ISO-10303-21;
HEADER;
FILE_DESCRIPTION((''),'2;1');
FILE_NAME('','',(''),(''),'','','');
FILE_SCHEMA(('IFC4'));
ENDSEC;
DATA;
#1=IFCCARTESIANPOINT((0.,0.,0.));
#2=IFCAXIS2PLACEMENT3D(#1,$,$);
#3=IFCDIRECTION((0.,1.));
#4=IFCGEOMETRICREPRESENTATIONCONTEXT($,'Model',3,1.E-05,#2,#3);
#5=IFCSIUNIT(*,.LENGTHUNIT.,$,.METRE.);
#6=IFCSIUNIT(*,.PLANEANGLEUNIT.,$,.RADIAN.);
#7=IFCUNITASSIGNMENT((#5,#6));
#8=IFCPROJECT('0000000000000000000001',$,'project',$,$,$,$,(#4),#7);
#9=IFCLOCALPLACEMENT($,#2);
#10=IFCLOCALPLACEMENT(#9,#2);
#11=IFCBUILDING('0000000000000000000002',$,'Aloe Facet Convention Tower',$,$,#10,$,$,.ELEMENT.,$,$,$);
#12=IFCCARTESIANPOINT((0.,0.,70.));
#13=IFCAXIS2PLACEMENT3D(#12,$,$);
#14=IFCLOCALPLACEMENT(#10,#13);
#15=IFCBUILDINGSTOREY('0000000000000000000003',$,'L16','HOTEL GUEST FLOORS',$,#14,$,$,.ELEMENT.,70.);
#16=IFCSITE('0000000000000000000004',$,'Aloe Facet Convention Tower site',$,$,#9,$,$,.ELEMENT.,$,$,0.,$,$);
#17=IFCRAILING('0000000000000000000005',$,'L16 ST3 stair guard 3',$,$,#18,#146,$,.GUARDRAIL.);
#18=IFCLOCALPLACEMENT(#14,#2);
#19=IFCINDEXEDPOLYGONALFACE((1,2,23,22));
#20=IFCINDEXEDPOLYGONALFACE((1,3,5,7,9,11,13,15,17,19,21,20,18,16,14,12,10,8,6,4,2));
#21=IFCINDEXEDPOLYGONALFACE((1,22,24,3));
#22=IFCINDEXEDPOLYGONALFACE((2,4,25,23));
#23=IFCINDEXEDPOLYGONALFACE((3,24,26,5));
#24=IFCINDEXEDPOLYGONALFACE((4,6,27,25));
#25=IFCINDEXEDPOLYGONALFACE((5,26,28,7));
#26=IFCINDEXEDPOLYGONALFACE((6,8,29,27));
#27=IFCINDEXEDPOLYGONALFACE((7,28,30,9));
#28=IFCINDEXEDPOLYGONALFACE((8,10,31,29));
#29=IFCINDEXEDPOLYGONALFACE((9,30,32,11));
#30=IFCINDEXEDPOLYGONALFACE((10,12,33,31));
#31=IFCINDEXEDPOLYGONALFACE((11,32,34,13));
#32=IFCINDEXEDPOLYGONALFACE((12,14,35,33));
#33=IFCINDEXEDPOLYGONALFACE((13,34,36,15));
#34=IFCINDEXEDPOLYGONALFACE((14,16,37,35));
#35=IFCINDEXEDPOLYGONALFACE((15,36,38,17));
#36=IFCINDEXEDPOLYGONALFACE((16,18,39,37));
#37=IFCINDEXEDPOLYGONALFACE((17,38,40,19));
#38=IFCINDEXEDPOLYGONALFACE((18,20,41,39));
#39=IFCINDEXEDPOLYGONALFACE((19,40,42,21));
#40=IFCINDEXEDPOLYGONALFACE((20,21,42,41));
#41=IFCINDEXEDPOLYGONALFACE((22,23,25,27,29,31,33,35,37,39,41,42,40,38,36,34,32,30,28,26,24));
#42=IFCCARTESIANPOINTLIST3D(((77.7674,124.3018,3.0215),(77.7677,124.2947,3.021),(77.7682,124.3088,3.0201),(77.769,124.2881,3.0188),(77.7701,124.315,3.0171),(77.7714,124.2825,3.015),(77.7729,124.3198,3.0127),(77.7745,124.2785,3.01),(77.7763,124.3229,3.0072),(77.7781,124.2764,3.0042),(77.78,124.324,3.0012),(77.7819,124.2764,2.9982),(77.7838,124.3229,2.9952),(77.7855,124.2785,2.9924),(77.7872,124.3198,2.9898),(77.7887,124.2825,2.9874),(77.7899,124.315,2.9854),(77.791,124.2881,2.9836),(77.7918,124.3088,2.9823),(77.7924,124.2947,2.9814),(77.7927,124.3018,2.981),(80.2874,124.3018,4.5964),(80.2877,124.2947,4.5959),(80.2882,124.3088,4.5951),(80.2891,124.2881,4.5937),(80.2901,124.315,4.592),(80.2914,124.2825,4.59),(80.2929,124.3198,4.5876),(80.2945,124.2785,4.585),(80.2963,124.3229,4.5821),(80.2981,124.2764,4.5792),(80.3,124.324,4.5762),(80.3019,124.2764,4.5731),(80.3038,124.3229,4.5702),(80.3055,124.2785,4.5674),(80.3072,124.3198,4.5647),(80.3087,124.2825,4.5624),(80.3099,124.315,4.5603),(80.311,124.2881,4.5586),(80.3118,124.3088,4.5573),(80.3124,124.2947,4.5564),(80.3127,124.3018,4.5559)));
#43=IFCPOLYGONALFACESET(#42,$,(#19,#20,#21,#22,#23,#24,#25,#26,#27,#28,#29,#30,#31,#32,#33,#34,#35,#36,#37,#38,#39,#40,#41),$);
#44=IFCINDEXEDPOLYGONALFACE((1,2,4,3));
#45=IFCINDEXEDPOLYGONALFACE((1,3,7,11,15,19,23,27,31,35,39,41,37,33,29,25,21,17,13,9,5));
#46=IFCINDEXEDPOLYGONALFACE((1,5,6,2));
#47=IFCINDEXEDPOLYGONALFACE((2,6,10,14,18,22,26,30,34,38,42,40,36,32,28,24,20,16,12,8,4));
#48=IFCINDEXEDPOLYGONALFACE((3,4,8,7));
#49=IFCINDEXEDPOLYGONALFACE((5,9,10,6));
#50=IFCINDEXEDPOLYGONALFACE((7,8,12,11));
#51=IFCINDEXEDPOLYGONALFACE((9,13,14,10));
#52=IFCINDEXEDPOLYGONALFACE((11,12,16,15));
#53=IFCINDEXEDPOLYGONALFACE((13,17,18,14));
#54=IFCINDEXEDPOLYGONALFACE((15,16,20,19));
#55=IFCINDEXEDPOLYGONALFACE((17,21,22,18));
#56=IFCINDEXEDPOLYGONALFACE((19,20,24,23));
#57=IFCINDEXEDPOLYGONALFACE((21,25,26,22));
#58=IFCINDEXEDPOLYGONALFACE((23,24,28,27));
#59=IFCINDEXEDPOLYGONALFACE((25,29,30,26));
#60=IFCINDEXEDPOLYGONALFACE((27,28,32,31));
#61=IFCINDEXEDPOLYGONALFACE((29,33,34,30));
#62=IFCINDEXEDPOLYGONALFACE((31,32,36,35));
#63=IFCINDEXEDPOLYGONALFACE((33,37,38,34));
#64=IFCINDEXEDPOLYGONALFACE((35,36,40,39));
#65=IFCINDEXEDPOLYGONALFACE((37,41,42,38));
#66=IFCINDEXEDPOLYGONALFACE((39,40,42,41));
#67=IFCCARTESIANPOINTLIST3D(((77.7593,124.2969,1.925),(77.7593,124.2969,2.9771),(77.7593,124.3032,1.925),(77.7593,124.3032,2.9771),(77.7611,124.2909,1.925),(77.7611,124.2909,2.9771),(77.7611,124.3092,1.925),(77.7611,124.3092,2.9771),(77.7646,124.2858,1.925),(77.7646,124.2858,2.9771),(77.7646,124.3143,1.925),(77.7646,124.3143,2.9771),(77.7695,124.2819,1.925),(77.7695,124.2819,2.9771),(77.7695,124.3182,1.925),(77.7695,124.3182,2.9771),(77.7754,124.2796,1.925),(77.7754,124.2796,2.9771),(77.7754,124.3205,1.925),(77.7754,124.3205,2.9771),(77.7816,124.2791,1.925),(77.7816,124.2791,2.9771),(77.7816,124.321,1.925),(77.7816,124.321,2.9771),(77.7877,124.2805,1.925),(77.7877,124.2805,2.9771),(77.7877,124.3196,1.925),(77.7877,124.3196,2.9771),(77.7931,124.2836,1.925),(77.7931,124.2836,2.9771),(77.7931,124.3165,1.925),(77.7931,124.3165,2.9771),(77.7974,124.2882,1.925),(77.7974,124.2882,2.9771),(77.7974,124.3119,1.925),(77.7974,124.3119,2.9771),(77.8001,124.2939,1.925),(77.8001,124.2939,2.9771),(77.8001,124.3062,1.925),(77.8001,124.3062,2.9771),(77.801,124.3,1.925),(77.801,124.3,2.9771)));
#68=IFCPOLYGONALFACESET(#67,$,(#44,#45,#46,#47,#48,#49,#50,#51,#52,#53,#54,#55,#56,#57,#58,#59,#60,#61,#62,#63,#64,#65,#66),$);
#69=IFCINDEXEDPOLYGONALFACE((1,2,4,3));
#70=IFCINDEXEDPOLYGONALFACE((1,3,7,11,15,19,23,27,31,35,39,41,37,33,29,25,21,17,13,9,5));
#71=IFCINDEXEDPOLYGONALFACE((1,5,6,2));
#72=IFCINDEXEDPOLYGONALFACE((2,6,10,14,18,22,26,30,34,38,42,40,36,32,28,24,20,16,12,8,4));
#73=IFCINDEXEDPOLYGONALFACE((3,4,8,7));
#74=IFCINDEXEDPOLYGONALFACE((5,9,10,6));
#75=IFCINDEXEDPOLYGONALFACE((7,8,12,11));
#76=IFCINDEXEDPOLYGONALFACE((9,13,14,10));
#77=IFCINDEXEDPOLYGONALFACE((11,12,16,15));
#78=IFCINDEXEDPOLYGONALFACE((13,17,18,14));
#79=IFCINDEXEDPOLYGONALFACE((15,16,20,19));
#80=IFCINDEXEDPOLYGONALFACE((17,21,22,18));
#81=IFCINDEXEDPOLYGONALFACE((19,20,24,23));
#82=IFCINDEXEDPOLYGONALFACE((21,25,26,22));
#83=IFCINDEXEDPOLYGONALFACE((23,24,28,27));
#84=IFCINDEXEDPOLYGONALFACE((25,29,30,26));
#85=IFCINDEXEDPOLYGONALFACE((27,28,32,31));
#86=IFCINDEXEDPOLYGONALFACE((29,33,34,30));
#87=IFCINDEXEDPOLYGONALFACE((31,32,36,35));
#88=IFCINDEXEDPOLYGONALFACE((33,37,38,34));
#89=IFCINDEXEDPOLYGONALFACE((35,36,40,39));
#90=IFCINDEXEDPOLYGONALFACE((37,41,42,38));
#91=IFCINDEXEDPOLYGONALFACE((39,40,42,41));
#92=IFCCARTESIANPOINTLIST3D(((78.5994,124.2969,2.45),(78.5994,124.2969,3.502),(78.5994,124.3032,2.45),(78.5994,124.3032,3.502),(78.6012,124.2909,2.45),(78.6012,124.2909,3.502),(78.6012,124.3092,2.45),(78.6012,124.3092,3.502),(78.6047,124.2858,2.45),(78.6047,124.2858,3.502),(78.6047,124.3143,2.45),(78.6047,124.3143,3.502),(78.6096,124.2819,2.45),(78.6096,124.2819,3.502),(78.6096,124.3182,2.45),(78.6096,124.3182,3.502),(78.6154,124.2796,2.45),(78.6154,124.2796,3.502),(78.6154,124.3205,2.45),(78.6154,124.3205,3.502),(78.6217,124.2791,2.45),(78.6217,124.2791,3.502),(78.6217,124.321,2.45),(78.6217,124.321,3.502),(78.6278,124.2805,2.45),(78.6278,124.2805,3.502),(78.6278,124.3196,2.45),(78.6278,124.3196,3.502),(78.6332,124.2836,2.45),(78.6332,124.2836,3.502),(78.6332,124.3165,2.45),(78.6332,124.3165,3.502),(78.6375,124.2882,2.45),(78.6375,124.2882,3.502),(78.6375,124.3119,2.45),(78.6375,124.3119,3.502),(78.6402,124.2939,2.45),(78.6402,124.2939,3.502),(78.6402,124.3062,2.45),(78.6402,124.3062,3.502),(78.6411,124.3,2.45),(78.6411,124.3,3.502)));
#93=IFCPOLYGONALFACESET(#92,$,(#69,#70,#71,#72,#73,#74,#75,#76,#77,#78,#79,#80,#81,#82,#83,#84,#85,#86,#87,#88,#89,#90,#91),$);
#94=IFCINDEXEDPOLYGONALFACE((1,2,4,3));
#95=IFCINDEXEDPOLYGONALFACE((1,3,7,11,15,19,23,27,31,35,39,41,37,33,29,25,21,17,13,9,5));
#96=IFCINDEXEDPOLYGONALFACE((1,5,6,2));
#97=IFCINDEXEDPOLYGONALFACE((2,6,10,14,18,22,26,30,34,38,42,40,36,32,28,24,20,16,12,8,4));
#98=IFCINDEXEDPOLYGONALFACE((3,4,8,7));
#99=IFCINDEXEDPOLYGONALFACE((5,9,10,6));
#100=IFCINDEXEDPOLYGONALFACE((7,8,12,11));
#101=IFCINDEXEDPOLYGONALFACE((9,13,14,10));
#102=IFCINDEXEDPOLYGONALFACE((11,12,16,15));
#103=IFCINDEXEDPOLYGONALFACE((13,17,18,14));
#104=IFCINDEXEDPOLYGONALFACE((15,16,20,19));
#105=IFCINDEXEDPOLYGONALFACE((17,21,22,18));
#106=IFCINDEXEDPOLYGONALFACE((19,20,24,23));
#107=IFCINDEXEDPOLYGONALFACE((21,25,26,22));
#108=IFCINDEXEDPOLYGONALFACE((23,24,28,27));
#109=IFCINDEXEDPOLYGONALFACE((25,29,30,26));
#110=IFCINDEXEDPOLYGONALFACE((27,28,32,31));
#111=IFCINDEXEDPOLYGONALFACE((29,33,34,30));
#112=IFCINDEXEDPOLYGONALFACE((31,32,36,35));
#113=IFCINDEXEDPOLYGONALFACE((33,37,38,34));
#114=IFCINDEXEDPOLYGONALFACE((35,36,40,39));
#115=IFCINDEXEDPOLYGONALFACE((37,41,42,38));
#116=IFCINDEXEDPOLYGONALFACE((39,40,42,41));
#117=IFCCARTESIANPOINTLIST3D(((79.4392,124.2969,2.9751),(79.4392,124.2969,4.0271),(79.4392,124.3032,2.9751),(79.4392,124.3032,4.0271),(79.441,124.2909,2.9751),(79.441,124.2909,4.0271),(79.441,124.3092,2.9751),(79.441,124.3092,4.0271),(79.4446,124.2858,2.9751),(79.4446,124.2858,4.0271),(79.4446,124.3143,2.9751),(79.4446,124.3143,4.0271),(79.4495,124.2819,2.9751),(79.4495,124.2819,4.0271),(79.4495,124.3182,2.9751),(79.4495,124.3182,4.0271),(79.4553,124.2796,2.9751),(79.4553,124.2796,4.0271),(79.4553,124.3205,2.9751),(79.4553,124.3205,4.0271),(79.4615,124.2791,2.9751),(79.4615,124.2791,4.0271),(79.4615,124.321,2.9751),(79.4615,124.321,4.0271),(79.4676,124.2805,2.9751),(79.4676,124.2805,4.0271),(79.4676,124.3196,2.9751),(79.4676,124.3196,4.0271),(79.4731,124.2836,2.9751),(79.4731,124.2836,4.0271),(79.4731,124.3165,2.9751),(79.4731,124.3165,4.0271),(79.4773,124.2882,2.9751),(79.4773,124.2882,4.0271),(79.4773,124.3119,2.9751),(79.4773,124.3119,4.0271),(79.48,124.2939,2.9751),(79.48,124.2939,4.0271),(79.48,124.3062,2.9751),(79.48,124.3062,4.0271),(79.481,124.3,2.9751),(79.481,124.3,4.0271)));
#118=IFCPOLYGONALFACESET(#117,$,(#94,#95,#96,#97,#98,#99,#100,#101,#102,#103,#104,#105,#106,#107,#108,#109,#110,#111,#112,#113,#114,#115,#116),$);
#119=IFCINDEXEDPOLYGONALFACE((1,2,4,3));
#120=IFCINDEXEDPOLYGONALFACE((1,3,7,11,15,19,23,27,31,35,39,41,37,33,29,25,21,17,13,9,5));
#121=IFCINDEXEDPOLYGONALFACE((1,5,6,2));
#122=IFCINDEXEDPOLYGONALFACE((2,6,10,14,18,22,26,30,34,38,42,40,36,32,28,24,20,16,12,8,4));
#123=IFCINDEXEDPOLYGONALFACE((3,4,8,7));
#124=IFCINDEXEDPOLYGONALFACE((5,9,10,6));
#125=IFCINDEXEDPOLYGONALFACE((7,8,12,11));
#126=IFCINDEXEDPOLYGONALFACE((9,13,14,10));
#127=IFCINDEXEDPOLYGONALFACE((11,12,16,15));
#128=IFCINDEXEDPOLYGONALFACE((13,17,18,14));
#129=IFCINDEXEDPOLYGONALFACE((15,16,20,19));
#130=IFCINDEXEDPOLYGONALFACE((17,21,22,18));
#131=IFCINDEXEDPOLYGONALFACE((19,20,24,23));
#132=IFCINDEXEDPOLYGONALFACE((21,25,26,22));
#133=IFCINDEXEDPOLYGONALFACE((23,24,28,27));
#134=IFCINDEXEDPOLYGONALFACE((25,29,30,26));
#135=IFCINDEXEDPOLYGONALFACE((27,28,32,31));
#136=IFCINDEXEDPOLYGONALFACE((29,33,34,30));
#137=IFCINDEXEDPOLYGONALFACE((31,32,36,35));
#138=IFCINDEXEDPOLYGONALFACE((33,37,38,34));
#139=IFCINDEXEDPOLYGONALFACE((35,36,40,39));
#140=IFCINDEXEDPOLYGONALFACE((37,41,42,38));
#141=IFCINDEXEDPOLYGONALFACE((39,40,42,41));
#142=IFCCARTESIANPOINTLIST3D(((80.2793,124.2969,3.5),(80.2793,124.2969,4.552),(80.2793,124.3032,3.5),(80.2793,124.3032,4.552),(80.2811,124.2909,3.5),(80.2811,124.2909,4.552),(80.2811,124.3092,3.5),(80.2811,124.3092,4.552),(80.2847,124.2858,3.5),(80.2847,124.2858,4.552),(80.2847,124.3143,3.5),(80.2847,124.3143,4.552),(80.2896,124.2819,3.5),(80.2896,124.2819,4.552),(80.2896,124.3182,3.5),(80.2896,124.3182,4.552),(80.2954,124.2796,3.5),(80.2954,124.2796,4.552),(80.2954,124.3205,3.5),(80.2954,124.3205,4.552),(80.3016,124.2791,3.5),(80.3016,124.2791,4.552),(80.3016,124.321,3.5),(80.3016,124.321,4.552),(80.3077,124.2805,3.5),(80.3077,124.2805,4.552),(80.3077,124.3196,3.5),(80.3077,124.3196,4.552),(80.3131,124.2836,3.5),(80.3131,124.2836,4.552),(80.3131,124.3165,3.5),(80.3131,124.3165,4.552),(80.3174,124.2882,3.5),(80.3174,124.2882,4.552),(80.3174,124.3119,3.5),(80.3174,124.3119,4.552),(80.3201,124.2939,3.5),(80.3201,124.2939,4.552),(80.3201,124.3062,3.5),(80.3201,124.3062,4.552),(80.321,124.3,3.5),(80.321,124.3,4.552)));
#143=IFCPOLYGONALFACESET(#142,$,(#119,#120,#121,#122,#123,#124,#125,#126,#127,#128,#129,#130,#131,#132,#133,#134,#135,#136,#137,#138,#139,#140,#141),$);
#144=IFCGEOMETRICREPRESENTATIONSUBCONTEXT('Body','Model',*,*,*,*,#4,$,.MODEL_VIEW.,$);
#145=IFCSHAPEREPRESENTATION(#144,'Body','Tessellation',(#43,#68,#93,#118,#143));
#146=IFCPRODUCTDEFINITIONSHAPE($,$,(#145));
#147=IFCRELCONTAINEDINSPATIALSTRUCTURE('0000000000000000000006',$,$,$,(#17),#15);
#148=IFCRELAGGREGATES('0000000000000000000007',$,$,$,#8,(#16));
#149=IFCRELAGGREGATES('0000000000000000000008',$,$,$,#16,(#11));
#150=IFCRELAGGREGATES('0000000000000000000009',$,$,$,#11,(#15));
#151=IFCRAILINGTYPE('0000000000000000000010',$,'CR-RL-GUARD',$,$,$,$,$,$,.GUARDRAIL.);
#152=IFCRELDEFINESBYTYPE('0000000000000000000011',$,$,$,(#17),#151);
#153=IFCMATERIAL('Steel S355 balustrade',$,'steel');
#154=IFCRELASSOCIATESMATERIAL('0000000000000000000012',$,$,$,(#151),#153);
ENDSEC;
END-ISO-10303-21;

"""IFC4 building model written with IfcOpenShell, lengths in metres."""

from ifc_helpers import new_model, si_unit, direction, frame, origin, origin_2d, place, context, subcontext, project, spatial, circle, extrude, material, type_object, element, save


model = new_model("IFC4")

# Units and contexts
model_context = context("Model", 3, precision=1e-05, world=origin(), true_north=direction((0.0, 1.0)))
body_context = subcontext(model_context, "Body", "Model", "MODEL_VIEW")
ifc_project = project(units=[si_unit("LENGTHUNIT", "METRE"), si_unit("PLANEANGLEUNIT", "RADIAN")], contexts=[model_context])

# Site, building, storey
site_placement = place(None, origin())
site = spatial("IfcSite", under=ifc_project, at=site_placement, Name="Aloe Facet Convention Tower site", CompositionType="ELEMENT", RefElevation=0.0)
building_placement = place(site_placement, origin())
building = spatial("IfcBuilding", under=site, at=building_placement, Name="Aloe Facet Convention Tower", CompositionType="ELEMENT")
storey_placement = place(building_placement, frame((0.0, 0.0, 70.0)))
storey = spatial("IfcBuildingStorey", under=building, at=storey_placement, Name="L16", Description="HOTEL GUEST FLOORS", CompositionType="ELEMENT", Elevation=70.0)

# Railing
ifc_material_1 = material(Name="Steel S355 balustrade", Category="steel")
railing_type_1 = type_object("IfcRailingType", Name="CR-RL-GUARD", PredefinedType="GUARDRAIL", material=ifc_material_1)
railing_1_placement = place(storey_placement, frame((77.78, 124.3, 1.925)))
element("IfcRailing", 1, at=railing_1_placement, inside=storey, type_object=railing_type_1, Name="L16 ST3 stair guard 3", PredefinedType="GUARDRAIL", context=body_context, shape_type="SweptSolid", body=[
    extrude(circle(Radius=0.0239, at=origin_2d()), frame((0.0, 0.0, 1.0762), z_axis=(0.848008, 0.0, 0.529984), x_axis=(0.0, 1.0, 0.0)), (0.0, 0.0, 1.0), 2.9717),
    extrude(circle(Radius=0.021, at=origin_2d()), origin(), (0.0, 0.0, 1.0), 1.052),
    extrude(circle(Radius=0.021, at=origin_2d()), frame((0.8401, 0.0, 0.5249)), (0.0, 0.0, 1.0), 1.052),
    extrude(circle(Radius=0.021, at=origin_2d()), frame((1.6799, 0.0, 1.05)), (0.0, 0.0, 1.0), 1.052),
    extrude(circle(Radius=0.021, at=origin_2d()), frame((2.52, 0.0, 1.575)), (0.0, 0.0, 1.0), 1.052),
])

save(model, "model.ifc")
